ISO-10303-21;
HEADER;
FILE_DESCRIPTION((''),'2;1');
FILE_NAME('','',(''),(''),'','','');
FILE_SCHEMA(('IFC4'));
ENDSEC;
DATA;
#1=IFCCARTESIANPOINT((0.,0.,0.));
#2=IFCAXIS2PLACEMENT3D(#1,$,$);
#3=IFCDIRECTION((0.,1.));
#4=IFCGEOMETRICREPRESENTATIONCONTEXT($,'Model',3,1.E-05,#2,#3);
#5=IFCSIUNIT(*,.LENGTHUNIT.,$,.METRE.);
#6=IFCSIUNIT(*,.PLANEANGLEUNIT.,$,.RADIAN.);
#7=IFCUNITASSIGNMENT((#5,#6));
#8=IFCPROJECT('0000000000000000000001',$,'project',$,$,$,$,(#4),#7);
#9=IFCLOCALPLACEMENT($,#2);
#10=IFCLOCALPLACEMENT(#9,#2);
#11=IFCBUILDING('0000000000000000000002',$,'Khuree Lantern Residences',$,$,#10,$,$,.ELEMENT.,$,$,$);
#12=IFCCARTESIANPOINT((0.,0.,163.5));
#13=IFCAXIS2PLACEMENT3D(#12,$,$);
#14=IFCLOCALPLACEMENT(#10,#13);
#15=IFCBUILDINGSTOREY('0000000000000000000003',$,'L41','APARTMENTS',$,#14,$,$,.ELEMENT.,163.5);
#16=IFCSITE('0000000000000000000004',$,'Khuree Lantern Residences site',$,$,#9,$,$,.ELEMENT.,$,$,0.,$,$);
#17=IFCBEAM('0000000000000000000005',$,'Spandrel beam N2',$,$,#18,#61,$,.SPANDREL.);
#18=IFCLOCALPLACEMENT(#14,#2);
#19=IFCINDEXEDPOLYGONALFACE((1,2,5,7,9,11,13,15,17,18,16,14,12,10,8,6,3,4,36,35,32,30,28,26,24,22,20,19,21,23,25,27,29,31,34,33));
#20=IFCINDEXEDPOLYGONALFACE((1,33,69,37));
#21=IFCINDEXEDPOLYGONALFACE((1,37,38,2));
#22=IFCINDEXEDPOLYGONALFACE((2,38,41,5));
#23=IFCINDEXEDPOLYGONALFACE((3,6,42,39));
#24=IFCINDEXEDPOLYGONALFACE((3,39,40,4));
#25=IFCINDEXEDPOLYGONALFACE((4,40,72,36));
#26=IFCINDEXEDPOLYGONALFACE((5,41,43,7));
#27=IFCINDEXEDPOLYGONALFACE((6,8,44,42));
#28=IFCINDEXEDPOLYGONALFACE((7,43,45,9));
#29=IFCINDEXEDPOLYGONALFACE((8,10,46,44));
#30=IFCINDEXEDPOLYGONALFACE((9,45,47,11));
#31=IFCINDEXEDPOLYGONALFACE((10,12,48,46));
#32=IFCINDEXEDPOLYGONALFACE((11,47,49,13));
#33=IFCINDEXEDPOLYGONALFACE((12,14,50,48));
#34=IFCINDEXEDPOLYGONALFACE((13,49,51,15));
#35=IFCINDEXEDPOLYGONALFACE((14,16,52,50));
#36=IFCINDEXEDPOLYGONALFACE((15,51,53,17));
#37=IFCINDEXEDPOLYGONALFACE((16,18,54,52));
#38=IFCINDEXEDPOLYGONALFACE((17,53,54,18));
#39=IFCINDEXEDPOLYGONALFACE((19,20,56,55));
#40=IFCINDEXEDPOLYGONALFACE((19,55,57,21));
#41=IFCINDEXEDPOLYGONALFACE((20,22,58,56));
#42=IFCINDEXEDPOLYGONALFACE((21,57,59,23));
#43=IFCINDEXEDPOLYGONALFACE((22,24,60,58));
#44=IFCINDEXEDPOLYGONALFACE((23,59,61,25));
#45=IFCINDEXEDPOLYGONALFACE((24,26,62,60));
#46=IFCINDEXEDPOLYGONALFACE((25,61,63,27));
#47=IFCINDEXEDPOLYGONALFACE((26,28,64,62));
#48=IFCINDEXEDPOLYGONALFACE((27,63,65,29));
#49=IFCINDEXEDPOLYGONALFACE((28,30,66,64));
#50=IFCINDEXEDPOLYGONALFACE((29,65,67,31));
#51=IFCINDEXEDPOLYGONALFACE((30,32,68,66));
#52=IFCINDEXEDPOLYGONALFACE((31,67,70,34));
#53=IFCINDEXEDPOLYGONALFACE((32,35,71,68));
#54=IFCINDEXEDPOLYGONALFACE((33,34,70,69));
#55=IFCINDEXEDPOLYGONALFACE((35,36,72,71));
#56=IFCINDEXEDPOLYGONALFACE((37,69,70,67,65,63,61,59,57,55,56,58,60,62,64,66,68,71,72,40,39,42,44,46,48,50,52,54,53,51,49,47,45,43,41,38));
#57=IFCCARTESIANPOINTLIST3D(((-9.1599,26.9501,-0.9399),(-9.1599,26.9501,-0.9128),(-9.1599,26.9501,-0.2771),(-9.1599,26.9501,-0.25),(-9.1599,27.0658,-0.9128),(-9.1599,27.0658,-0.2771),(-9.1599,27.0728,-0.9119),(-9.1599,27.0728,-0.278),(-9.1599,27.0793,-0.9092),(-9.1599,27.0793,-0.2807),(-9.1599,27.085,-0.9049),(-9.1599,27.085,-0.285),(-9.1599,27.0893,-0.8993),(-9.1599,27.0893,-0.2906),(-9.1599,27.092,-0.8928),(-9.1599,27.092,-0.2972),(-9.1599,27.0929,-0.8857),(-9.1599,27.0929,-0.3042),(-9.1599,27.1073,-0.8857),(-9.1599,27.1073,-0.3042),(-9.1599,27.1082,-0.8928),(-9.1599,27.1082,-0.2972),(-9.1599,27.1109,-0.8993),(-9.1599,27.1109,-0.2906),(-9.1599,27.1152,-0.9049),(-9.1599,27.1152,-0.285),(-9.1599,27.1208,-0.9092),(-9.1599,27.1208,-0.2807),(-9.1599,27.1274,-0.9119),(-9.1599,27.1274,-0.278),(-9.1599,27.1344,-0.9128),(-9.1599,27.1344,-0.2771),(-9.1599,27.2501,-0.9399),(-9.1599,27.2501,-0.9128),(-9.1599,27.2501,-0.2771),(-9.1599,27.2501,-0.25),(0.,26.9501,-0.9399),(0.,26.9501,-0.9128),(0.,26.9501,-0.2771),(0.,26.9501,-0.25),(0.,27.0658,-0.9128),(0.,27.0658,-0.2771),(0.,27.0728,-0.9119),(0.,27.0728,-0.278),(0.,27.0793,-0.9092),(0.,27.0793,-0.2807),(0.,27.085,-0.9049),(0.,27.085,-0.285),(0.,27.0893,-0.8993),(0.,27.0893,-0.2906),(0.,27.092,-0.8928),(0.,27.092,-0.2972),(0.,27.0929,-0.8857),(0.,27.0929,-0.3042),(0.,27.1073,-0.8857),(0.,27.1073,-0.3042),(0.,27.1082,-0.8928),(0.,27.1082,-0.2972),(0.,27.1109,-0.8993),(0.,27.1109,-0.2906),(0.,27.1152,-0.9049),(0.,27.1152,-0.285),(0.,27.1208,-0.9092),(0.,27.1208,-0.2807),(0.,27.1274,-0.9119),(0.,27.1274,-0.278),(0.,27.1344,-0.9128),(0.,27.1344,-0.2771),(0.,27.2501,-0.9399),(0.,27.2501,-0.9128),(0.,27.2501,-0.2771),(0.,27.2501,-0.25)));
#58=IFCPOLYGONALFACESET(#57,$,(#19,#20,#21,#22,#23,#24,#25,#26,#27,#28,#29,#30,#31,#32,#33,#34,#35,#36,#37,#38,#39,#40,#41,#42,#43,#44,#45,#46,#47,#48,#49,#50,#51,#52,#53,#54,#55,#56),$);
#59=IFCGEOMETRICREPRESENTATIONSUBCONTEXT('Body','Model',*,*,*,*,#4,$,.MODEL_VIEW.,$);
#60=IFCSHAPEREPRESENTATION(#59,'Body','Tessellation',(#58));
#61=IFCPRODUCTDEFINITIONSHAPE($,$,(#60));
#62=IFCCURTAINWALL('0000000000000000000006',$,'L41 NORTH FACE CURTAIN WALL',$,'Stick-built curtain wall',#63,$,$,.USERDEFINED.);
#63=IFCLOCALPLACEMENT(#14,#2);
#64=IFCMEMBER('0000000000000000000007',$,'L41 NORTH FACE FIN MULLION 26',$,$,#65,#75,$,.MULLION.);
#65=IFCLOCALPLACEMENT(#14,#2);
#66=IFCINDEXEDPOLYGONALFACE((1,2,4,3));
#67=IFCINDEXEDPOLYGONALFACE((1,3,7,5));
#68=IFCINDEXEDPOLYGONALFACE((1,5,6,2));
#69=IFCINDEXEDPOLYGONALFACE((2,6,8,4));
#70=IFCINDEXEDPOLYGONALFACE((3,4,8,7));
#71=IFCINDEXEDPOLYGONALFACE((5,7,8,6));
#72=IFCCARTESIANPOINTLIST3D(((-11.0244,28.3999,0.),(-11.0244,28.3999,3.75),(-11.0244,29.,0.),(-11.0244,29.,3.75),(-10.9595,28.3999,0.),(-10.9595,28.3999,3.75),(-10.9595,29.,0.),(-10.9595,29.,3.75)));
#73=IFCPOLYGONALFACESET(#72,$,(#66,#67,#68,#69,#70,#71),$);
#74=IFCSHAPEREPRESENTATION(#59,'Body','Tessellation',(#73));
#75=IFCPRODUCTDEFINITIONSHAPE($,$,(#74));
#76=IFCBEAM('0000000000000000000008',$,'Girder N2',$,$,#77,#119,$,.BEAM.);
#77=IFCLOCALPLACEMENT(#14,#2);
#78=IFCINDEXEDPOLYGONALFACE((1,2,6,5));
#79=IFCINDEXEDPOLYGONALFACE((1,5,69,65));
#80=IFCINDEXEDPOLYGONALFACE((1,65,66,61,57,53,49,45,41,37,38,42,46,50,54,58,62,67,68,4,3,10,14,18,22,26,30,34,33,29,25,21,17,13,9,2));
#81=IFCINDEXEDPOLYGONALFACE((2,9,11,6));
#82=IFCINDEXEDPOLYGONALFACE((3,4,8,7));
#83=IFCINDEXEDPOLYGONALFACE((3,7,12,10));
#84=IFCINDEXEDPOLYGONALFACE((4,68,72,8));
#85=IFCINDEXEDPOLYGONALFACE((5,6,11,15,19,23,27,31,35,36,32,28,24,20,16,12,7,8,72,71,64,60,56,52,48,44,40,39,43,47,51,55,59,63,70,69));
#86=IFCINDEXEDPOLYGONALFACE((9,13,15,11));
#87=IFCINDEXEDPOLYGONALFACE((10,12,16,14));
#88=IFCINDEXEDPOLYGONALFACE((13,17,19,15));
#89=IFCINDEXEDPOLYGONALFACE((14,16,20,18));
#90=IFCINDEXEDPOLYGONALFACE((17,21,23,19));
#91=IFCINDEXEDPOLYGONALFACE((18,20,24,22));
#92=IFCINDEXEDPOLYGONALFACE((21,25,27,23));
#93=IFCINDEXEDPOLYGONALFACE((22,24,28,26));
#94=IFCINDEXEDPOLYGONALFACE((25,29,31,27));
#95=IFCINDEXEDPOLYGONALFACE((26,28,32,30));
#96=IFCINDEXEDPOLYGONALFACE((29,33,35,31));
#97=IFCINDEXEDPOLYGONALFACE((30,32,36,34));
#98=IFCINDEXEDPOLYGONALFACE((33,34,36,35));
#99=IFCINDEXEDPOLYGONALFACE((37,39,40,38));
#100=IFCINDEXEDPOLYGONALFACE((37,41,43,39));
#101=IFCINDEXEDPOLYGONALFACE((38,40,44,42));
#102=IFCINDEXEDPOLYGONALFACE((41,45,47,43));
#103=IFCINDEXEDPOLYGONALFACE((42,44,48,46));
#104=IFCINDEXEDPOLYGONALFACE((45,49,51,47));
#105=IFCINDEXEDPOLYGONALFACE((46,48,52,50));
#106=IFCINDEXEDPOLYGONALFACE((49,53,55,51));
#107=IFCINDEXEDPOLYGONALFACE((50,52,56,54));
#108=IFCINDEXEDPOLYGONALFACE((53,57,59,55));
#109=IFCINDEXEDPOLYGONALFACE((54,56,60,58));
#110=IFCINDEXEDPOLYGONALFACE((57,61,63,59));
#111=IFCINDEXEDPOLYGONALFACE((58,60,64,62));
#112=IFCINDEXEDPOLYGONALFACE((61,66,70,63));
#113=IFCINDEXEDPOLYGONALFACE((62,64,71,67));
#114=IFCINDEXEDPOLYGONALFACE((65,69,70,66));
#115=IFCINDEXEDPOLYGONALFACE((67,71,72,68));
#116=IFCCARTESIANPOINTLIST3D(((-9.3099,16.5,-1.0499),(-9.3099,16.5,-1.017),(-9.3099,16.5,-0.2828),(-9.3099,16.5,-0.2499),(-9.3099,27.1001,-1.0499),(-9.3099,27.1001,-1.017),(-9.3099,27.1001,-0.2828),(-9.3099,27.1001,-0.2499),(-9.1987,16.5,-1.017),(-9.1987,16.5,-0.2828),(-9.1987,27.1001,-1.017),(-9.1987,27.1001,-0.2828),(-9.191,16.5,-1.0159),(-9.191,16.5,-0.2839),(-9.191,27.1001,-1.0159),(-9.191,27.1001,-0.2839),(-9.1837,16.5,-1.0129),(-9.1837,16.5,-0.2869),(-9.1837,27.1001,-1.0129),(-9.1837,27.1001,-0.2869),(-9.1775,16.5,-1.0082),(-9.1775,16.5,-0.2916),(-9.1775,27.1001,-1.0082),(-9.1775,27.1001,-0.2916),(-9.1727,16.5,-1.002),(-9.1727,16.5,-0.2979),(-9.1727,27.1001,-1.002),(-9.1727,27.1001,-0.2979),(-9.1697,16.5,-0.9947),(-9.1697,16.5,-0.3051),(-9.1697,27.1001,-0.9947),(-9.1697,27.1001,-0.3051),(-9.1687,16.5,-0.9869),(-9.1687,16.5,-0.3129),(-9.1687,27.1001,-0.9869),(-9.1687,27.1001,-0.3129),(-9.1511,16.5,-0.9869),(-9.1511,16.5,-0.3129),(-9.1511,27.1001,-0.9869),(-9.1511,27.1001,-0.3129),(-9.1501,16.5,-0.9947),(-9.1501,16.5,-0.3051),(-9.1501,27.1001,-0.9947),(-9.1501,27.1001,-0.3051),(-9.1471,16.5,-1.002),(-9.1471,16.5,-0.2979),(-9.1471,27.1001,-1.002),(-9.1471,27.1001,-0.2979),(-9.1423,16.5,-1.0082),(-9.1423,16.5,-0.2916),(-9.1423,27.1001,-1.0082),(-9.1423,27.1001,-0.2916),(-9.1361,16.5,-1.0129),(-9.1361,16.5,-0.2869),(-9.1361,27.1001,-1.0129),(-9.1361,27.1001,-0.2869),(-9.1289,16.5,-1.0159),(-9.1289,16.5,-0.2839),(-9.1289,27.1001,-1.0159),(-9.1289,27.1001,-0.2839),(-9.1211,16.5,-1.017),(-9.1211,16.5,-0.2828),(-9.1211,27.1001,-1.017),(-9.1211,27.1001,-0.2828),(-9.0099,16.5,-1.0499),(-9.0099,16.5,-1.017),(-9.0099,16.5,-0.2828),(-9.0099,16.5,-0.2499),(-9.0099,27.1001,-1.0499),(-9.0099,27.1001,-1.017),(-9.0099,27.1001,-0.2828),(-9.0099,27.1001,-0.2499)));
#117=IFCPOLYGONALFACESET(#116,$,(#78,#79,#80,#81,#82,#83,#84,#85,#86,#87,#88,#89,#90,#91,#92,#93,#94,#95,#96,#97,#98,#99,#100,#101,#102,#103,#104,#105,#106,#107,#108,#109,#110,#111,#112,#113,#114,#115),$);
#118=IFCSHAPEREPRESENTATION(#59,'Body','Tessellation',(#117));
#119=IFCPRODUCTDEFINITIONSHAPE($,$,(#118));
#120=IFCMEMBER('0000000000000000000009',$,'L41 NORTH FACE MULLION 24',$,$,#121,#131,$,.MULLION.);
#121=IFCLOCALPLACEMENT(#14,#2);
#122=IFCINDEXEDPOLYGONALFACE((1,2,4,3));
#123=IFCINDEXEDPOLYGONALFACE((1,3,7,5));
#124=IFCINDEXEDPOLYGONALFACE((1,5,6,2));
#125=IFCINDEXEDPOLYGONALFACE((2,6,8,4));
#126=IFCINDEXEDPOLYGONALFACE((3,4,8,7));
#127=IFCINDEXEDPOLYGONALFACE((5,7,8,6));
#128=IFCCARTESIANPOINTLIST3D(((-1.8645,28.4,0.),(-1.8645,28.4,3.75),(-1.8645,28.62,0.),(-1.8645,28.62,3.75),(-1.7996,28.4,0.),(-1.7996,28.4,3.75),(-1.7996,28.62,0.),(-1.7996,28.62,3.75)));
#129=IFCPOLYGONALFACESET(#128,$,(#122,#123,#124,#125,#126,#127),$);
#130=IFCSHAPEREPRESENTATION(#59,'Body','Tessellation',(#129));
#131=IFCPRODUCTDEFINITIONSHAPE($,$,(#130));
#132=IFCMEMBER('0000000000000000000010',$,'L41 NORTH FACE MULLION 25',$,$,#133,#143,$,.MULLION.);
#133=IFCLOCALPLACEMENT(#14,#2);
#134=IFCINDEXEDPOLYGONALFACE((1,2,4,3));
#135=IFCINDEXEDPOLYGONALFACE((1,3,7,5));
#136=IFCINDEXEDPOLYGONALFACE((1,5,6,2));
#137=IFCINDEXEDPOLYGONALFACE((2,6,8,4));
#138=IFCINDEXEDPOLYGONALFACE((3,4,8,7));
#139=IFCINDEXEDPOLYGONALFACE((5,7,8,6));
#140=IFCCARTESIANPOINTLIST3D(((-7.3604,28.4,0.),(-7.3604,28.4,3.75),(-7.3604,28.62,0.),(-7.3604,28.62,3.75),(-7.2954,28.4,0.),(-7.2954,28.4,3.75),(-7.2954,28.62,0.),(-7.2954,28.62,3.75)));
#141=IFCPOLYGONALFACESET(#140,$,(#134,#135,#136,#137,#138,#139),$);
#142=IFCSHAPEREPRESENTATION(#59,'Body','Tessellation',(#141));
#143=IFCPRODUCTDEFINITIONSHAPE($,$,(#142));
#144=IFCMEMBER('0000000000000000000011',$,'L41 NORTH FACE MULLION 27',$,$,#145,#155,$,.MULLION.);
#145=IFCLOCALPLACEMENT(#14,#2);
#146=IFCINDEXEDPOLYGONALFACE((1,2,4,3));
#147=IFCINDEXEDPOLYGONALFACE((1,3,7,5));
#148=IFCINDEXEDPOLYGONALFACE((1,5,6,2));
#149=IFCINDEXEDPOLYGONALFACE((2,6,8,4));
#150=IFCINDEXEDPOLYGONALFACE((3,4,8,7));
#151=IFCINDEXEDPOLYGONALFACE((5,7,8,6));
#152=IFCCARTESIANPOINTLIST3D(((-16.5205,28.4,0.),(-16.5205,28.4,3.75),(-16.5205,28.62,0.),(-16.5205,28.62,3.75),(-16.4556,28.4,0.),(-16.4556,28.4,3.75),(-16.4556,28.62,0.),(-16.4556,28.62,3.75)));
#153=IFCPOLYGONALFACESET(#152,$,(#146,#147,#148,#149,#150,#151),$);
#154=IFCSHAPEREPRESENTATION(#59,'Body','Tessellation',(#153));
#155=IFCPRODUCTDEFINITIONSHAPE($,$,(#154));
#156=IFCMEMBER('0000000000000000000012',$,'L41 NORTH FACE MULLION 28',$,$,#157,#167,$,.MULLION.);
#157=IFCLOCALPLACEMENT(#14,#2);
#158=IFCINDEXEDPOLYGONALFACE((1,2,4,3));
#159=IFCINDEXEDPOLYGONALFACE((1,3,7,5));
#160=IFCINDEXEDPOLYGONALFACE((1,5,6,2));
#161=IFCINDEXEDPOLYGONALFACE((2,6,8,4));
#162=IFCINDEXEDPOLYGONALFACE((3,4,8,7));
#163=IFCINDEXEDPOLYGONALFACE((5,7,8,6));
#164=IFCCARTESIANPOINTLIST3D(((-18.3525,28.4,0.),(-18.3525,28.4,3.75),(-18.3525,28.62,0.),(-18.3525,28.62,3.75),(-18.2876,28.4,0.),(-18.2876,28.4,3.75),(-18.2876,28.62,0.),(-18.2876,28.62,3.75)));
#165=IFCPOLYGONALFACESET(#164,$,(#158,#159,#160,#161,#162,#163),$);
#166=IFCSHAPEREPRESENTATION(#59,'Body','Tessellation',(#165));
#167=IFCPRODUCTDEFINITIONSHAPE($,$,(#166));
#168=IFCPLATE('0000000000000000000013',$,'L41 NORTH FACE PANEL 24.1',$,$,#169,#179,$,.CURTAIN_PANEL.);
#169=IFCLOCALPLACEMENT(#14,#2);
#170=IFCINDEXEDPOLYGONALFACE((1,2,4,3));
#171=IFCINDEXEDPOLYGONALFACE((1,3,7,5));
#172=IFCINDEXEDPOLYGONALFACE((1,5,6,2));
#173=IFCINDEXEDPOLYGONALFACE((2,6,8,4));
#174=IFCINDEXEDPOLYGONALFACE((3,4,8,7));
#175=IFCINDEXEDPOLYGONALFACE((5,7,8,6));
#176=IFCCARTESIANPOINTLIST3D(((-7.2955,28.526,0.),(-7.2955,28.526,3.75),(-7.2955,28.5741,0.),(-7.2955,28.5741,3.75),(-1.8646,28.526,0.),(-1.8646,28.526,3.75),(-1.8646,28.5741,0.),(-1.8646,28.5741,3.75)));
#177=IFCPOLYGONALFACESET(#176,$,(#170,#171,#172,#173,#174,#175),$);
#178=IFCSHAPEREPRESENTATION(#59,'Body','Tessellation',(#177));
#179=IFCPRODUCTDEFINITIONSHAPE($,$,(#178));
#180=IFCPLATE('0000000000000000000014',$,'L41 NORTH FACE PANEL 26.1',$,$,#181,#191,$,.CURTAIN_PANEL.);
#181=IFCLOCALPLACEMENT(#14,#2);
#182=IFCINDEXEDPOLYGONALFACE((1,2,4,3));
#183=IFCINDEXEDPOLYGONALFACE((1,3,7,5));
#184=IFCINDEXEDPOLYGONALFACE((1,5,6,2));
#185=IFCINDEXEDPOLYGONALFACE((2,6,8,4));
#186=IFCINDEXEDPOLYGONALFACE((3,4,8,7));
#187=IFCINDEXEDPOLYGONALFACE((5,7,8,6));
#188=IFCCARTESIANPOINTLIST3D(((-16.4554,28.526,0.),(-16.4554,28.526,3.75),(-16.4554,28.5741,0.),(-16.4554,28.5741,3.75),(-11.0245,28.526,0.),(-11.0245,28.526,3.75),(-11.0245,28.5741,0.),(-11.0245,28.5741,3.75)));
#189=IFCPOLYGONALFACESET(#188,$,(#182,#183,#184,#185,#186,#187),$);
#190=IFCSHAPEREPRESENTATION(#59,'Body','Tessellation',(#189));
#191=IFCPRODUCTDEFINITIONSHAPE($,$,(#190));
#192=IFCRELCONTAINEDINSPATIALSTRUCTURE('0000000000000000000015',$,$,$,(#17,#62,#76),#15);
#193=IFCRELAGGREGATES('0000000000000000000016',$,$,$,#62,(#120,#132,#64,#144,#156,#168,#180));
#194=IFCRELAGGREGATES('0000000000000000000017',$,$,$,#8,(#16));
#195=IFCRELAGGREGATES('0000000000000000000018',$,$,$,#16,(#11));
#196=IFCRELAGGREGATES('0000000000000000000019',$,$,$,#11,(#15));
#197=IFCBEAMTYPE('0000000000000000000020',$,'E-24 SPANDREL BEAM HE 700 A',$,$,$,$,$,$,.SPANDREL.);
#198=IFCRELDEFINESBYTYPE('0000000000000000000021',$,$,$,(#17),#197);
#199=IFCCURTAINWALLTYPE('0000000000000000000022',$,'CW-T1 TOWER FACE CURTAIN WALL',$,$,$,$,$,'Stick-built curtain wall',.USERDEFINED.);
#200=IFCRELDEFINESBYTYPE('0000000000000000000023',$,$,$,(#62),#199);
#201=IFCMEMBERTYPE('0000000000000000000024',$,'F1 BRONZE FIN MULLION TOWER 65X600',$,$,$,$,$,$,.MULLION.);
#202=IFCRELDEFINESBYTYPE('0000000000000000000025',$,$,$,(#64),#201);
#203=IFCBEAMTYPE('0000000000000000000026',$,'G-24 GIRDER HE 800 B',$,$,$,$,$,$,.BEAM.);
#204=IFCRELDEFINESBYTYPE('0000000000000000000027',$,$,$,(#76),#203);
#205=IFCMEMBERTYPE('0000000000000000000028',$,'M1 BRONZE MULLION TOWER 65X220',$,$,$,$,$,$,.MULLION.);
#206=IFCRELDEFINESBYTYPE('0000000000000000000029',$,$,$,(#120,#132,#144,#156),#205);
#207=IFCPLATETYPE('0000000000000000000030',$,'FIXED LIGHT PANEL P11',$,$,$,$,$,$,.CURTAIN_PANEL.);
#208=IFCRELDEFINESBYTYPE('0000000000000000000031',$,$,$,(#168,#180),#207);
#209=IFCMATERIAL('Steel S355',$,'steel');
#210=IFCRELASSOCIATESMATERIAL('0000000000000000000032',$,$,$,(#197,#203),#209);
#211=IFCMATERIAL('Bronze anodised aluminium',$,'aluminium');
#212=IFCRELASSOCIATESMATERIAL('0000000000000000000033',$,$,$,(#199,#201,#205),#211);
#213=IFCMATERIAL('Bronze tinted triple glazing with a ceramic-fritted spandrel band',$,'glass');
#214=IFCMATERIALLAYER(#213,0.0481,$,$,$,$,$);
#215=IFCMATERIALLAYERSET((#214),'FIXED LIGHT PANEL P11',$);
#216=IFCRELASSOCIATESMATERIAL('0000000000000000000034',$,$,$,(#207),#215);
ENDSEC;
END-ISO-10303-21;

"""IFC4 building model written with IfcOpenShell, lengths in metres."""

from ifc_helpers import new_model, si_unit, direction, frame, origin, origin_2d, place, context, subcontext, project, spatial, rectangle, i_section, extrude, material, layer, layer_set, material_profile, profile_set, type_object, element, aggregate, save


model = new_model("IFC4")

# Units and contexts
model_context = context("Model", 3, precision=1e-05, world=origin(), true_north=direction((0.0, 1.0)))
body_context = subcontext(model_context, "Body", "Model", "MODEL_VIEW")
ifc_project = project(units=[si_unit("LENGTHUNIT", "METRE"), si_unit("PLANEANGLEUNIT", "RADIAN")], contexts=[model_context])

# Site, building, storey
site_placement = place(None, origin())
site = spatial("IfcSite", under=ifc_project, at=site_placement, Name="Khuree Lantern Residences site", CompositionType="ELEMENT", RefElevation=0.0)
building_placement = place(site_placement, origin())
building = spatial("IfcBuilding", under=site, at=building_placement, Name="Khuree Lantern Residences", CompositionType="ELEMENT")
storey_placement = place(building_placement, frame((0.0, 0.0, 163.5)))
storey = spatial("IfcBuildingStorey", under=building, at=storey_placement, Name="L41", Description="APARTMENTS", CompositionType="ELEMENT", Elevation=163.5)

# Beam
ifc_material_1 = material(Name="Steel S355", Category="steel")
ifc_material_profile_1 = material_profile(ifc_material_1, i_section(OverallWidth=0.3, OverallDepth=0.6899, WebThickness=0.0144, FlangeThickness=0.0271, FilletRadius=0.0271, at=origin_2d()), Name="HE 700 A")
ifc_profile_set_1 = profile_set([ifc_material_profile_1], Name="Steel S355")
beam_type_1 = type_object("IfcBeamType", Name="E-24 SPANDREL BEAM HE 700 A", PredefinedType="SPANDREL", material=ifc_profile_set_1)
beam_1_placement = place(storey_placement, frame((-9.1599, 27.1001, -0.595), z_axis=(1.0, 0.0, 0.0), x_axis=(0.0, 1.0, 0.0)))
element("IfcBeam", 1, at=beam_1_placement, inside=storey, type_object=beam_type_1, Name="Spandrel beam N2", PredefinedType="SPANDREL", context=body_context, shape_type="SweptSolid", body=[
    extrude(i_section(OverallWidth=0.3, OverallDepth=0.6899, WebThickness=0.0144, FlangeThickness=0.0271, FilletRadius=0.0271, at=origin_2d()), origin(), (0.0, 0.0, 1.0), 9.1599),
])

# Curtain wall, member
ifc_material_2 = material(Name="Bronze anodised aluminium", Category="aluminium")
curtain_wall_type = type_object("IfcCurtainWallType", Name="CW-T1 TOWER FACE CURTAIN WALL", ElementType="Stick-built curtain wall", PredefinedType="USERDEFINED", material=ifc_material_2)
curtain_wall_placement = place(storey_placement, origin())
curtain_wall = element("IfcCurtainWall", 2, at=curtain_wall_placement, inside=storey, type_object=curtain_wall_type, Name="L41 NORTH FACE CURTAIN WALL", ObjectType="Stick-built curtain wall", PredefinedType="USERDEFINED")
ifc_material_profile_2 = material_profile(ifc_material_2, rectangle(XDim=0.0649, YDim=0.6001, at=origin_2d()), Name="F1 65X600")
ifc_profile_set_2 = profile_set([ifc_material_profile_2], Name="Bronze anodised aluminium")
member_type_1 = type_object("IfcMemberType", Name="F1 BRONZE FIN MULLION TOWER 65X600", PredefinedType="MULLION", material=ifc_profile_set_2)
member_1_placement = place(storey_placement, frame((-10.9919, 28.7, 0.0), z_axis=(0.0, 0.0, 1.0), x_axis=(-1.0, 0.0, 0.0)))
member_1 = element("IfcMember", 3, at=member_1_placement, type_object=member_type_1, Name="L41 NORTH FACE FIN MULLION 26", PredefinedType="MULLION", context=body_context, shape_type="SweptSolid", body=[
    extrude(rectangle(XDim=0.0649, YDim=0.6001, at=origin_2d()), origin(), (0.0, 0.0, 1.0), 3.75),
])

# Beam
ifc_material_profile_3 = material_profile(ifc_material_1, i_section(OverallWidth=0.3, OverallDepth=0.8, WebThickness=0.0176, FlangeThickness=0.033, FilletRadius=0.03, at=origin_2d()), Name="HE 800 B")
ifc_profile_set_3 = profile_set([ifc_material_profile_3], Name="Steel S355")
beam_type_2 = type_object("IfcBeamType", Name="G-24 GIRDER HE 800 B", PredefinedType="BEAM", material=ifc_profile_set_3)
beam_2_placement = place(storey_placement, frame((-9.1599, 27.1001, -0.6499), z_axis=(0.0, -1.0, 0.0), x_axis=(1.0, 0.0, 0.0)))
element("IfcBeam", 4, at=beam_2_placement, inside=storey, type_object=beam_type_2, Name="Girder N2", PredefinedType="BEAM", context=body_context, shape_type="SweptSolid", body=[
    extrude(i_section(OverallWidth=0.3, OverallDepth=0.8, WebThickness=0.0176, FlangeThickness=0.033, FilletRadius=0.03, at=origin_2d()), origin(), (0.0, 0.0, 1.0), 10.6001),
])

# Members
ifc_material_profile_4 = material_profile(ifc_material_2, rectangle(XDim=0.0649, YDim=0.22, at=origin_2d()), Name="M1 65X220")
ifc_profile_set_4 = profile_set([ifc_material_profile_4], Name="Bronze anodised aluminium")
member_type_2 = type_object("IfcMemberType", Name="M1 BRONZE MULLION TOWER 65X220", PredefinedType="MULLION", material=ifc_profile_set_4)
member_2_placement = place(storey_placement, frame((-1.832, 28.51, 0.0), z_axis=(0.0, 0.0, 1.0), x_axis=(-1.0, 0.0, 0.0)))
member_2 = element("IfcMember", 5, at=member_2_placement, type_object=member_type_2, Name="L41 NORTH FACE MULLION 24", PredefinedType="MULLION", context=body_context, shape_type="SweptSolid", body=[
    extrude(rectangle(XDim=0.0649, YDim=0.22, at=origin_2d()), origin(), (0.0, 0.0, 1.0), 3.75),
])
member_3_placement = place(storey_placement, frame((-7.3279, 28.51, 0.0), z_axis=(0.0, 0.0, 1.0), x_axis=(-1.0, 0.0, 0.0)))
member_3 = element("IfcMember", 6, at=member_3_placement, type_object=member_type_2, Name="L41 NORTH FACE MULLION 25", PredefinedType="MULLION", context=body_context, shape_type="SweptSolid", body=[
    extrude(rectangle(XDim=0.0649, YDim=0.22, at=origin_2d()), origin(), (0.0, 0.0, 1.0), 3.75),
])
member_4_placement = place(storey_placement, frame((-16.488, 28.51, 0.0), z_axis=(0.0, 0.0, 1.0), x_axis=(-1.0, 0.0, 0.0)))
member_4 = element("IfcMember", 7, at=member_4_placement, type_object=member_type_2, Name="L41 NORTH FACE MULLION 27", PredefinedType="MULLION", context=body_context, shape_type="SweptSolid", body=[
    extrude(rectangle(XDim=0.0649, YDim=0.22, at=origin_2d()), origin(), (0.0, 0.0, 1.0), 3.75),
])
member_5_placement = place(storey_placement, frame((-18.3201, 28.51, 0.0), z_axis=(0.0, 0.0, 1.0), x_axis=(-1.0, 0.0, 0.0)))
member_5 = element("IfcMember", 8, at=member_5_placement, type_object=member_type_2, Name="L41 NORTH FACE MULLION 28", PredefinedType="MULLION", context=body_context, shape_type="SweptSolid", body=[
    extrude(rectangle(XDim=0.0649, YDim=0.22, at=origin_2d()), origin(), (0.0, 0.0, 1.0), 3.75),
])

# Plates
ifc_material_3 = material(Name="Bronze tinted triple glazing with a ceramic-fritted spandrel band", Category="glass")
ifc_layer_1 = layer(ifc_material_3, 0.0481)
ifc_layer_set_1 = layer_set([ifc_layer_1], Name="FIXED LIGHT PANEL P11")
plate_type_1 = type_object("IfcPlateType", Name="FIXED LIGHT PANEL P11", PredefinedType="CURTAIN_PANEL", material=ifc_layer_set_1)
plate_1_placement = place(storey_placement, frame((-4.5801, 28.55, 0.0), z_axis=(0.0, 0.0, 1.0), x_axis=(-1.0, 0.0, 0.0)))
plate_1 = element("IfcPlate", 9, at=plate_1_placement, type_object=plate_type_1, Name="L41 NORTH FACE PANEL 24.1", PredefinedType="CURTAIN_PANEL", context=body_context, shape_type="SweptSolid", body=[
    extrude(rectangle(XDim=5.4309, YDim=0.0481, at=origin_2d()), origin(), (0.0, 0.0, 1.0), 3.75),
])
plate_2_placement = place(storey_placement, frame((-13.74, 28.55, 0.0), z_axis=(0.0, 0.0, 1.0), x_axis=(-1.0, 0.0, 0.0)))
plate_2 = element("IfcPlate", 10, at=plate_2_placement, type_object=plate_type_1, Name="L41 NORTH FACE PANEL 26.1", PredefinedType="CURTAIN_PANEL", context=body_context, shape_type="SweptSolid", body=[
    extrude(rectangle(XDim=5.4309, YDim=0.0481, at=origin_2d()), origin(), (0.0, 0.0, 1.0), 3.75),
])
aggregate(curtain_wall, [member_2, member_3, member_1, member_4, member_5, plate_1, plate_2])

save(model, "model.ifc")
